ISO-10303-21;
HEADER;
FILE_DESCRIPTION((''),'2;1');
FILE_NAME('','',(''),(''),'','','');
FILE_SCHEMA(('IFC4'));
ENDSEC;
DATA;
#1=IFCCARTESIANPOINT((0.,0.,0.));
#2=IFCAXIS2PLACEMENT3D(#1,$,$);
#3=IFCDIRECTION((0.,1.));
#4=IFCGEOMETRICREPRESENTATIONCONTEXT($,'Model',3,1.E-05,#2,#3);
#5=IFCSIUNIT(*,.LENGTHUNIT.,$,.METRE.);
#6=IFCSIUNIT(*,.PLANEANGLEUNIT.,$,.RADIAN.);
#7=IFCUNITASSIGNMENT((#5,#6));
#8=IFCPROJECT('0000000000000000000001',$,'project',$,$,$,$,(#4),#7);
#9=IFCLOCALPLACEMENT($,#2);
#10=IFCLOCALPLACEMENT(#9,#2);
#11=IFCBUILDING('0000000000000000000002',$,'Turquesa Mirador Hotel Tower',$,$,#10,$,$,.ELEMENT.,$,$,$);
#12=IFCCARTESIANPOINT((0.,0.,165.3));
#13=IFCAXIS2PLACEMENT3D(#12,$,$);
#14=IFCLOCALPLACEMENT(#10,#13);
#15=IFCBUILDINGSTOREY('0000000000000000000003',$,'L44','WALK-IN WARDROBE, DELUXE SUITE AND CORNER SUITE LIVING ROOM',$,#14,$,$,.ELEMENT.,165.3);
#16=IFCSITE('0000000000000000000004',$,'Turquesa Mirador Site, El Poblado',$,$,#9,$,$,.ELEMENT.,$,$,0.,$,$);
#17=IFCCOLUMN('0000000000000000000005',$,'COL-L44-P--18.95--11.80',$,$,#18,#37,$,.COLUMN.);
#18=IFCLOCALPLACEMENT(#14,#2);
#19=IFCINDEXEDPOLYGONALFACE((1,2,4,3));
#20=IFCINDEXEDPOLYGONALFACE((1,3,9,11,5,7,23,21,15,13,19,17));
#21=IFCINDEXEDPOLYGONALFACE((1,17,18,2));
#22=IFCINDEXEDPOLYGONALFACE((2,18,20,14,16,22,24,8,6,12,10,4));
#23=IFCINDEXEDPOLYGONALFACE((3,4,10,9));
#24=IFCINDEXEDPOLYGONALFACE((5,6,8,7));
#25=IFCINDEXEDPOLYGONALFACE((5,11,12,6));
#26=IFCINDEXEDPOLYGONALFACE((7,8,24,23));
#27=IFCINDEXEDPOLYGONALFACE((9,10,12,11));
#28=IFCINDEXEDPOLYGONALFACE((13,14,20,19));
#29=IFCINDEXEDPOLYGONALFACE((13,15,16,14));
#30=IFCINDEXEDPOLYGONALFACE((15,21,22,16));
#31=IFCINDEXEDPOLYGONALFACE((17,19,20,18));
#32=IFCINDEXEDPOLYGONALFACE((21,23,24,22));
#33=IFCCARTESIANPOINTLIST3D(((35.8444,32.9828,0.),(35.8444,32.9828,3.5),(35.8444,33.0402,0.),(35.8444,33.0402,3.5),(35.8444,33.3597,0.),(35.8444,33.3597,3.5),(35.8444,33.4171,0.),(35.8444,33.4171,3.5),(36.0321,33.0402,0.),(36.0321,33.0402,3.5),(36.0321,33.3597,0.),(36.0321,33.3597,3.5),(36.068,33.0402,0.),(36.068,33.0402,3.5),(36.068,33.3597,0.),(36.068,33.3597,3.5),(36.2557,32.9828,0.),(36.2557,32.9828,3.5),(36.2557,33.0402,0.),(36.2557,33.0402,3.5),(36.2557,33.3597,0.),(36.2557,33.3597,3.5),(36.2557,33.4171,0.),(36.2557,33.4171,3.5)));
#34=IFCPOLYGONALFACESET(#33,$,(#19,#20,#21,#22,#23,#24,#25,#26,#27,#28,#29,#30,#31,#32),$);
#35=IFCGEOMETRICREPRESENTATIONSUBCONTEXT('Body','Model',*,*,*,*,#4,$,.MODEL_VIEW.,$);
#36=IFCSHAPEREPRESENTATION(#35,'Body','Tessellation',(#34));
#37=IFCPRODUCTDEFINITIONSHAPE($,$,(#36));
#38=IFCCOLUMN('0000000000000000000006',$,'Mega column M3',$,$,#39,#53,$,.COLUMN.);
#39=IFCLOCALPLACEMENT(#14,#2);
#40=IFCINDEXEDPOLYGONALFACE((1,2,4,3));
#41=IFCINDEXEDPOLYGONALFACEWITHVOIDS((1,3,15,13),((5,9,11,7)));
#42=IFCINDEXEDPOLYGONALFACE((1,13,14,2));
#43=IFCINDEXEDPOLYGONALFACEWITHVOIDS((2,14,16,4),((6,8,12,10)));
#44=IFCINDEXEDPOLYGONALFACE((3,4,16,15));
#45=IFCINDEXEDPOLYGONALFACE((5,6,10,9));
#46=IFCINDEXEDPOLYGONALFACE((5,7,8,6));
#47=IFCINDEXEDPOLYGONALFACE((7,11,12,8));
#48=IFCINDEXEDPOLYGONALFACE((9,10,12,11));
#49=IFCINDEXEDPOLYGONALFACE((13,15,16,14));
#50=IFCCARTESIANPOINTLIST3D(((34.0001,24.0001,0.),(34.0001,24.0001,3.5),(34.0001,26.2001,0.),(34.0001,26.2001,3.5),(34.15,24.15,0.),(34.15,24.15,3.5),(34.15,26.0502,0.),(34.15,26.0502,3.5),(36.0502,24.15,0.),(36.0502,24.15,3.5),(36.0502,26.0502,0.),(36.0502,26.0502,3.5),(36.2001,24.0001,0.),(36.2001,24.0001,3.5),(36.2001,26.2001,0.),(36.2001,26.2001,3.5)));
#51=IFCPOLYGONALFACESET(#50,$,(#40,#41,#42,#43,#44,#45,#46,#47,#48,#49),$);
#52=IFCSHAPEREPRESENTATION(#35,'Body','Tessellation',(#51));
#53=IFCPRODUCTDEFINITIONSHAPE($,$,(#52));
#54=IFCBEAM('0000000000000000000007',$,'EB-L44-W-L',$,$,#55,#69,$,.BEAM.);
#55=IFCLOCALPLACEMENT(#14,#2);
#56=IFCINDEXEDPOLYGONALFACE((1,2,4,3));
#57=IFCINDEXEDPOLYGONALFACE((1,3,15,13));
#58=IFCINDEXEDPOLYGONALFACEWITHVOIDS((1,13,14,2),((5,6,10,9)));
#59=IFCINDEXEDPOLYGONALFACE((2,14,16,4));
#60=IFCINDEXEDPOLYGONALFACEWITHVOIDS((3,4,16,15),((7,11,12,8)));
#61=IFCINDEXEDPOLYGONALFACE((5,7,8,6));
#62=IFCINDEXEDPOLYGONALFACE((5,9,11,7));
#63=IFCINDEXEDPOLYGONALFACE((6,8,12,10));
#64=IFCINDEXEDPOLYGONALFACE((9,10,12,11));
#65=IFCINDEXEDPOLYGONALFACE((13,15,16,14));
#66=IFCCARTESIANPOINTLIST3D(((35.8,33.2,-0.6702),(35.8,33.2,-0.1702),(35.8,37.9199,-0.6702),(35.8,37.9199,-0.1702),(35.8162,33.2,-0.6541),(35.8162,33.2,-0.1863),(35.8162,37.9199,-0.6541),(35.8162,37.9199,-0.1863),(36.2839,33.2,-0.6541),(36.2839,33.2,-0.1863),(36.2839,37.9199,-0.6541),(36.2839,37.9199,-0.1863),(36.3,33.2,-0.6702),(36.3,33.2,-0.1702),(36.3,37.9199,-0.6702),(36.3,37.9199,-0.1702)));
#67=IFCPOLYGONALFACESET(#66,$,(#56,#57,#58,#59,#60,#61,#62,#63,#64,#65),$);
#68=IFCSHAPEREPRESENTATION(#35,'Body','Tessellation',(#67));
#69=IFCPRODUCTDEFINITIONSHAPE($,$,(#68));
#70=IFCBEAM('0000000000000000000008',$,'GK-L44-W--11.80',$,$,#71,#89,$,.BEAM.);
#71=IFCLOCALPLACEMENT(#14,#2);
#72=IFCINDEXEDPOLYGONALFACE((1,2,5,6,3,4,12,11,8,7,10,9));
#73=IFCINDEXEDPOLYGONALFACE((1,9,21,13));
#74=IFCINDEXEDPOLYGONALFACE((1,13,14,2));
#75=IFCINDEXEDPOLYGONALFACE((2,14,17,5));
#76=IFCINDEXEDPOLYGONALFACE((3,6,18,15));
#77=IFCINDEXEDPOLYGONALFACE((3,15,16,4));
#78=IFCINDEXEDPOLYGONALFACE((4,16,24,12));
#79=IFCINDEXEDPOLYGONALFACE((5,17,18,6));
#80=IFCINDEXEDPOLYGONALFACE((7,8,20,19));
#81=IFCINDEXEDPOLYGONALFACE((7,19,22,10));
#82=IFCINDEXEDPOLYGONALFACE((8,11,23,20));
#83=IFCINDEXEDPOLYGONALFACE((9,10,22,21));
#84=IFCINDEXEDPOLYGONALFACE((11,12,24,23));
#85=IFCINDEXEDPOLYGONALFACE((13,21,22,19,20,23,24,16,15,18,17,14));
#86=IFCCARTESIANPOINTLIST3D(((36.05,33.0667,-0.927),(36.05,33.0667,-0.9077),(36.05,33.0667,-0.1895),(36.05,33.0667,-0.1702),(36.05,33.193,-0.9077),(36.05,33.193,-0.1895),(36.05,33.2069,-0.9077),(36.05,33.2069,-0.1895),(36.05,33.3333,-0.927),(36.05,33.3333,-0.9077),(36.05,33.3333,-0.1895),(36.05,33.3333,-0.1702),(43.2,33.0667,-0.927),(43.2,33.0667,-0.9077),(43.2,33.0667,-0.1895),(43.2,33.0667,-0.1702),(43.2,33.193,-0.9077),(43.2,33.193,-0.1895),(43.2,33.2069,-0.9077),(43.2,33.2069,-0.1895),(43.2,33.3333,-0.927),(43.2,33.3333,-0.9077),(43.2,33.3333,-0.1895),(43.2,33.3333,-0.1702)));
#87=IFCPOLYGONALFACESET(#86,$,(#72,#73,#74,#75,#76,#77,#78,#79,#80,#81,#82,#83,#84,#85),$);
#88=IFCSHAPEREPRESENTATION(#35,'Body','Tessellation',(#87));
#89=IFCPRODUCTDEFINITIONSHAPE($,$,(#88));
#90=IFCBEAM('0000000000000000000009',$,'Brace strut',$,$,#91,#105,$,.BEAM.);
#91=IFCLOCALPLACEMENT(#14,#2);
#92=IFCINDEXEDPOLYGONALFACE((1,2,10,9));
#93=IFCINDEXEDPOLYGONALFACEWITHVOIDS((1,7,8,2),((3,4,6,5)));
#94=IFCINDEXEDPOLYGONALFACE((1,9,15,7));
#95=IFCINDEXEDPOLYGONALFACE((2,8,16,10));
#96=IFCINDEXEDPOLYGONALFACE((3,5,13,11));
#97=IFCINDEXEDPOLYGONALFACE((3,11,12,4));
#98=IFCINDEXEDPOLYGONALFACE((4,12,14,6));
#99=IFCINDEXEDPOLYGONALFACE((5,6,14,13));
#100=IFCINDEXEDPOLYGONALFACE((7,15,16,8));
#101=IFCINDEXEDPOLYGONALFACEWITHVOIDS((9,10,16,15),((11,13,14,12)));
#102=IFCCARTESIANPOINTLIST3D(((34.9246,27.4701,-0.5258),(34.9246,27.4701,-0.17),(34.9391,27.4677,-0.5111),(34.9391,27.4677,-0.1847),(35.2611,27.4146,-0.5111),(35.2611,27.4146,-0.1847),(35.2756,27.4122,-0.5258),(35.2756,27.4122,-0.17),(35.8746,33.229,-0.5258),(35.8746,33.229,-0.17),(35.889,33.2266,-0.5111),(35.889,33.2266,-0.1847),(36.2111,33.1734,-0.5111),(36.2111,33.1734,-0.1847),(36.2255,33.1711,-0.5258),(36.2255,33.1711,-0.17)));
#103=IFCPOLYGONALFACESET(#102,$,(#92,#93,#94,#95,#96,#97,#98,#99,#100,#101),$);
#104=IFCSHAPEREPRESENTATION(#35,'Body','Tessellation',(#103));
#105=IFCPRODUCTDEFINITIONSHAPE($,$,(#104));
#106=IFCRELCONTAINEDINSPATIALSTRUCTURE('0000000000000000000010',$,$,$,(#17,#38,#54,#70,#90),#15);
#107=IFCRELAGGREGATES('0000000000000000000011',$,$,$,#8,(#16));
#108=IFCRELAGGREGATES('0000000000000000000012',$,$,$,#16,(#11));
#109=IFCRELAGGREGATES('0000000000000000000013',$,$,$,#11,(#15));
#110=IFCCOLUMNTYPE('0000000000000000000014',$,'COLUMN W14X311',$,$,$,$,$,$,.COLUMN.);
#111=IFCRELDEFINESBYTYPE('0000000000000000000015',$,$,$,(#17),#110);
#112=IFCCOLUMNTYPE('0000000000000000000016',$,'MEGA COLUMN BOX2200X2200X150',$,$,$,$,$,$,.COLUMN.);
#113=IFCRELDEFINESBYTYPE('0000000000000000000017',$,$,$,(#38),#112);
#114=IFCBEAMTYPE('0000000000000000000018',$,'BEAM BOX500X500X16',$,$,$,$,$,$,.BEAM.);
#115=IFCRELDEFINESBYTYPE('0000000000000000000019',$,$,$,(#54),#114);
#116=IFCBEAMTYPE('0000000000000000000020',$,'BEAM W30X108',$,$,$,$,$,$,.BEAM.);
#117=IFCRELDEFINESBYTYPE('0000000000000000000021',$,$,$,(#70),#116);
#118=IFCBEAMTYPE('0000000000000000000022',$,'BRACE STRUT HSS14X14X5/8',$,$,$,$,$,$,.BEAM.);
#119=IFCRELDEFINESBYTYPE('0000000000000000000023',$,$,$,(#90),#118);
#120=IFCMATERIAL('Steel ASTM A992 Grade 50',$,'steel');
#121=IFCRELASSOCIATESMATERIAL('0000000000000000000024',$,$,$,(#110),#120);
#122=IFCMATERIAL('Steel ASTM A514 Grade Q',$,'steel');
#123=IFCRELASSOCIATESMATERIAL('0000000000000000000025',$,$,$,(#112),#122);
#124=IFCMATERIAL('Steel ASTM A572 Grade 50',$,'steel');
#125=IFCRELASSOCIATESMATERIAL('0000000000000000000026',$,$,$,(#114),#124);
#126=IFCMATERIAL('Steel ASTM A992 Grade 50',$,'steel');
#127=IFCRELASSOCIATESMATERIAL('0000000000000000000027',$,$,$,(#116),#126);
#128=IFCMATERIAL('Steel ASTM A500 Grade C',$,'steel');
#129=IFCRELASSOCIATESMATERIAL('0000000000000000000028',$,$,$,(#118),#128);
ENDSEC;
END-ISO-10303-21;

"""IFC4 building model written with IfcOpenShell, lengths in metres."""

from ifc_helpers import new_model, si_unit, direction, frame, origin, origin_2d, place, context, subcontext, project, spatial, hollow_rectangle, i_section, extrude, material, material_profile, profile_set, type_object, element, save


model = new_model("IFC4")

# Units and contexts
model_context = context("Model", 3, precision=1e-05, world=origin(), true_north=direction((0.0, 1.0)))
body_context = subcontext(model_context, "Body", "Model", "MODEL_VIEW")
ifc_project = project(units=[si_unit("LENGTHUNIT", "METRE"), si_unit("PLANEANGLEUNIT", "RADIAN")], contexts=[model_context])

# Site, building, storey
site_placement = place(None, origin())
site = spatial("IfcSite", under=ifc_project, at=site_placement, Name="Turquesa Mirador Site, El Poblado", CompositionType="ELEMENT", RefElevation=0.0)
building_placement = place(site_placement, origin())
building = spatial("IfcBuilding", under=site, at=building_placement, Name="Turquesa Mirador Hotel Tower", CompositionType="ELEMENT")
storey_placement = place(building_placement, frame((0.0, 0.0, 165.3)))
storey = spatial("IfcBuildingStorey", under=building, at=storey_placement, Name="L44", Description="WALK-IN WARDROBE, DELUXE SUITE AND CORNER SUITE LIVING ROOM", CompositionType="ELEMENT", Elevation=165.3)

# Columns
ifc_material_1 = material(Name="Steel ASTM A992 Grade 50", Category="steel")
ifc_material_profile_1 = material_profile(ifc_material_1, i_section(OverallWidth=0.4114, OverallDepth=0.4343, WebThickness=0.0359, FlangeThickness=0.0574, at=origin_2d()), Name="W14X311")
ifc_profile_set_1 = profile_set([ifc_material_profile_1], Name="Steel ASTM A992 Grade 50")
column_type_1 = type_object("IfcColumnType", Name="COLUMN W14X311", PredefinedType="COLUMN", material=ifc_profile_set_1)
column_1_placement = place(storey_placement, frame((36.05, 33.2, 0.0), z_axis=(0.0, 0.0, 1.0), x_axis=(1.0, 0.0, 0.0)))
element("IfcColumn", 1, at=column_1_placement, inside=storey, type_object=column_type_1, Name="COL-L44-P--18.95--11.80", PredefinedType="COLUMN", context=body_context, shape_type="SweptSolid", body=[
    extrude(i_section(OverallWidth=0.4114, OverallDepth=0.4343, WebThickness=0.0359, FlangeThickness=0.0574, at=origin_2d()), origin(), (0.0, 0.0, 1.0), 3.5),
])
ifc_material_2 = material(Name="Steel ASTM A514 Grade Q", Category="steel")
ifc_material_profile_2 = material_profile(ifc_material_2, hollow_rectangle(XDim=2.2, YDim=2.2, WallThickness=0.1499, at=origin_2d()), Name="BOX2200X2200X150")
ifc_profile_set_2 = profile_set([ifc_material_profile_2], Name="Steel ASTM A514 Grade Q")
column_type_2 = type_object("IfcColumnType", Name="MEGA COLUMN BOX2200X2200X150", PredefinedType="COLUMN", material=ifc_profile_set_2)
column_2_placement = place(storey_placement, frame((35.1001, 25.1001, 0.0), z_axis=(0.0, 0.0, 1.0), x_axis=(1.0, 0.0, 0.0)))
element("IfcColumn", 2, at=column_2_placement, inside=storey, type_object=column_type_2, Name="Mega column M3", PredefinedType="COLUMN", context=body_context, shape_type="SweptSolid", body=[
    extrude(hollow_rectangle(XDim=2.2, YDim=2.2, WallThickness=0.1499, at=origin_2d()), origin(), (0.0, 0.0, 1.0), 3.5),
])

# Beams
ifc_material_3 = material(Name="Steel ASTM A572 Grade 50", Category="steel")
ifc_material_profile_3 = material_profile(ifc_material_3, hollow_rectangle(XDim=0.5, YDim=0.5, WallThickness=0.0161, at=origin_2d()), Name="BOX500X500X16")
ifc_profile_set_3 = profile_set([ifc_material_profile_3], Name="Steel ASTM A572 Grade 50")
beam_type_1 = type_object("IfcBeamType", Name="BEAM BOX500X500X16", PredefinedType="BEAM", material=ifc_profile_set_3)
beam_1_placement = place(storey_placement, frame((36.05, 33.2, -0.4202), z_axis=(0.0, 1.0, 0.0), x_axis=(-1.0, 0.0, 0.0)))
element("IfcBeam", 3, at=beam_1_placement, inside=storey, type_object=beam_type_1, Name="EB-L44-W-L", PredefinedType="BEAM", context=body_context, shape_type="SweptSolid", body=[
    extrude(hollow_rectangle(XDim=0.5, YDim=0.5, WallThickness=0.0161, at=origin_2d()), origin(), (0.0, 0.0, 1.0), 4.72),
])
ifc_material_4 = material(Name="Steel ASTM A992 Grade 50", Category="steel")
ifc_material_profile_4 = material_profile(ifc_material_4, i_section(OverallWidth=0.2666, OverallDepth=0.7568, WebThickness=0.0139, FlangeThickness=0.0193, at=origin_2d()), Name="W30X108")
ifc_profile_set_4 = profile_set([ifc_material_profile_4], Name="Steel ASTM A992 Grade 50")
beam_type_2 = type_object("IfcBeamType", Name="BEAM W30X108", PredefinedType="BEAM", material=ifc_profile_set_4)
beam_2_placement = place(storey_placement, frame((36.05, 33.2, -0.5486), z_axis=(1.0, 0.0, 0.0), x_axis=(0.0, 1.0, 0.0)))
element("IfcBeam", 4, at=beam_2_placement, inside=storey, type_object=beam_type_2, Name="GK-L44-W--11.80", PredefinedType="BEAM", context=body_context, shape_type="SweptSolid", body=[
    extrude(i_section(OverallWidth=0.2666, OverallDepth=0.7568, WebThickness=0.0139, FlangeThickness=0.0193, at=origin_2d()), origin(), (0.0, 0.0, 1.0), 7.1499),
])
ifc_material_5 = material(Name="Steel ASTM A500 Grade C", Category="steel")
ifc_material_profile_5 = material_profile(ifc_material_5, hollow_rectangle(XDim=0.3557, YDim=0.3557, WallThickness=0.0146, at=origin_2d()), Name="HSS14X14X5/8")
ifc_profile_set_5 = profile_set([ifc_material_profile_5], Name="Steel ASTM A500 Grade C")
beam_type_3 = type_object("IfcBeamType", Name="BRACE STRUT HSS14X14X5/8", PredefinedType="BEAM", material=ifc_profile_set_5)
beam_3_placement = place(storey_placement, frame((35.1001, 27.4412, -0.3479), z_axis=(0.162757, 0.986666, 0.0), x_axis=(-0.986666, 0.162757, 0.0)))
element("IfcBeam", 5, at=beam_3_placement, inside=storey, type_object=beam_type_3, Name="Brace strut", PredefinedType="BEAM", context=body_context, shape_type="SweptSolid", body=[
    extrude(hollow_rectangle(XDim=0.3557, YDim=0.3557, WallThickness=0.0146, at=origin_2d()), origin(), (0.0, 0.0, 1.0), 5.8367),
])

save(model, "model.ifc")
